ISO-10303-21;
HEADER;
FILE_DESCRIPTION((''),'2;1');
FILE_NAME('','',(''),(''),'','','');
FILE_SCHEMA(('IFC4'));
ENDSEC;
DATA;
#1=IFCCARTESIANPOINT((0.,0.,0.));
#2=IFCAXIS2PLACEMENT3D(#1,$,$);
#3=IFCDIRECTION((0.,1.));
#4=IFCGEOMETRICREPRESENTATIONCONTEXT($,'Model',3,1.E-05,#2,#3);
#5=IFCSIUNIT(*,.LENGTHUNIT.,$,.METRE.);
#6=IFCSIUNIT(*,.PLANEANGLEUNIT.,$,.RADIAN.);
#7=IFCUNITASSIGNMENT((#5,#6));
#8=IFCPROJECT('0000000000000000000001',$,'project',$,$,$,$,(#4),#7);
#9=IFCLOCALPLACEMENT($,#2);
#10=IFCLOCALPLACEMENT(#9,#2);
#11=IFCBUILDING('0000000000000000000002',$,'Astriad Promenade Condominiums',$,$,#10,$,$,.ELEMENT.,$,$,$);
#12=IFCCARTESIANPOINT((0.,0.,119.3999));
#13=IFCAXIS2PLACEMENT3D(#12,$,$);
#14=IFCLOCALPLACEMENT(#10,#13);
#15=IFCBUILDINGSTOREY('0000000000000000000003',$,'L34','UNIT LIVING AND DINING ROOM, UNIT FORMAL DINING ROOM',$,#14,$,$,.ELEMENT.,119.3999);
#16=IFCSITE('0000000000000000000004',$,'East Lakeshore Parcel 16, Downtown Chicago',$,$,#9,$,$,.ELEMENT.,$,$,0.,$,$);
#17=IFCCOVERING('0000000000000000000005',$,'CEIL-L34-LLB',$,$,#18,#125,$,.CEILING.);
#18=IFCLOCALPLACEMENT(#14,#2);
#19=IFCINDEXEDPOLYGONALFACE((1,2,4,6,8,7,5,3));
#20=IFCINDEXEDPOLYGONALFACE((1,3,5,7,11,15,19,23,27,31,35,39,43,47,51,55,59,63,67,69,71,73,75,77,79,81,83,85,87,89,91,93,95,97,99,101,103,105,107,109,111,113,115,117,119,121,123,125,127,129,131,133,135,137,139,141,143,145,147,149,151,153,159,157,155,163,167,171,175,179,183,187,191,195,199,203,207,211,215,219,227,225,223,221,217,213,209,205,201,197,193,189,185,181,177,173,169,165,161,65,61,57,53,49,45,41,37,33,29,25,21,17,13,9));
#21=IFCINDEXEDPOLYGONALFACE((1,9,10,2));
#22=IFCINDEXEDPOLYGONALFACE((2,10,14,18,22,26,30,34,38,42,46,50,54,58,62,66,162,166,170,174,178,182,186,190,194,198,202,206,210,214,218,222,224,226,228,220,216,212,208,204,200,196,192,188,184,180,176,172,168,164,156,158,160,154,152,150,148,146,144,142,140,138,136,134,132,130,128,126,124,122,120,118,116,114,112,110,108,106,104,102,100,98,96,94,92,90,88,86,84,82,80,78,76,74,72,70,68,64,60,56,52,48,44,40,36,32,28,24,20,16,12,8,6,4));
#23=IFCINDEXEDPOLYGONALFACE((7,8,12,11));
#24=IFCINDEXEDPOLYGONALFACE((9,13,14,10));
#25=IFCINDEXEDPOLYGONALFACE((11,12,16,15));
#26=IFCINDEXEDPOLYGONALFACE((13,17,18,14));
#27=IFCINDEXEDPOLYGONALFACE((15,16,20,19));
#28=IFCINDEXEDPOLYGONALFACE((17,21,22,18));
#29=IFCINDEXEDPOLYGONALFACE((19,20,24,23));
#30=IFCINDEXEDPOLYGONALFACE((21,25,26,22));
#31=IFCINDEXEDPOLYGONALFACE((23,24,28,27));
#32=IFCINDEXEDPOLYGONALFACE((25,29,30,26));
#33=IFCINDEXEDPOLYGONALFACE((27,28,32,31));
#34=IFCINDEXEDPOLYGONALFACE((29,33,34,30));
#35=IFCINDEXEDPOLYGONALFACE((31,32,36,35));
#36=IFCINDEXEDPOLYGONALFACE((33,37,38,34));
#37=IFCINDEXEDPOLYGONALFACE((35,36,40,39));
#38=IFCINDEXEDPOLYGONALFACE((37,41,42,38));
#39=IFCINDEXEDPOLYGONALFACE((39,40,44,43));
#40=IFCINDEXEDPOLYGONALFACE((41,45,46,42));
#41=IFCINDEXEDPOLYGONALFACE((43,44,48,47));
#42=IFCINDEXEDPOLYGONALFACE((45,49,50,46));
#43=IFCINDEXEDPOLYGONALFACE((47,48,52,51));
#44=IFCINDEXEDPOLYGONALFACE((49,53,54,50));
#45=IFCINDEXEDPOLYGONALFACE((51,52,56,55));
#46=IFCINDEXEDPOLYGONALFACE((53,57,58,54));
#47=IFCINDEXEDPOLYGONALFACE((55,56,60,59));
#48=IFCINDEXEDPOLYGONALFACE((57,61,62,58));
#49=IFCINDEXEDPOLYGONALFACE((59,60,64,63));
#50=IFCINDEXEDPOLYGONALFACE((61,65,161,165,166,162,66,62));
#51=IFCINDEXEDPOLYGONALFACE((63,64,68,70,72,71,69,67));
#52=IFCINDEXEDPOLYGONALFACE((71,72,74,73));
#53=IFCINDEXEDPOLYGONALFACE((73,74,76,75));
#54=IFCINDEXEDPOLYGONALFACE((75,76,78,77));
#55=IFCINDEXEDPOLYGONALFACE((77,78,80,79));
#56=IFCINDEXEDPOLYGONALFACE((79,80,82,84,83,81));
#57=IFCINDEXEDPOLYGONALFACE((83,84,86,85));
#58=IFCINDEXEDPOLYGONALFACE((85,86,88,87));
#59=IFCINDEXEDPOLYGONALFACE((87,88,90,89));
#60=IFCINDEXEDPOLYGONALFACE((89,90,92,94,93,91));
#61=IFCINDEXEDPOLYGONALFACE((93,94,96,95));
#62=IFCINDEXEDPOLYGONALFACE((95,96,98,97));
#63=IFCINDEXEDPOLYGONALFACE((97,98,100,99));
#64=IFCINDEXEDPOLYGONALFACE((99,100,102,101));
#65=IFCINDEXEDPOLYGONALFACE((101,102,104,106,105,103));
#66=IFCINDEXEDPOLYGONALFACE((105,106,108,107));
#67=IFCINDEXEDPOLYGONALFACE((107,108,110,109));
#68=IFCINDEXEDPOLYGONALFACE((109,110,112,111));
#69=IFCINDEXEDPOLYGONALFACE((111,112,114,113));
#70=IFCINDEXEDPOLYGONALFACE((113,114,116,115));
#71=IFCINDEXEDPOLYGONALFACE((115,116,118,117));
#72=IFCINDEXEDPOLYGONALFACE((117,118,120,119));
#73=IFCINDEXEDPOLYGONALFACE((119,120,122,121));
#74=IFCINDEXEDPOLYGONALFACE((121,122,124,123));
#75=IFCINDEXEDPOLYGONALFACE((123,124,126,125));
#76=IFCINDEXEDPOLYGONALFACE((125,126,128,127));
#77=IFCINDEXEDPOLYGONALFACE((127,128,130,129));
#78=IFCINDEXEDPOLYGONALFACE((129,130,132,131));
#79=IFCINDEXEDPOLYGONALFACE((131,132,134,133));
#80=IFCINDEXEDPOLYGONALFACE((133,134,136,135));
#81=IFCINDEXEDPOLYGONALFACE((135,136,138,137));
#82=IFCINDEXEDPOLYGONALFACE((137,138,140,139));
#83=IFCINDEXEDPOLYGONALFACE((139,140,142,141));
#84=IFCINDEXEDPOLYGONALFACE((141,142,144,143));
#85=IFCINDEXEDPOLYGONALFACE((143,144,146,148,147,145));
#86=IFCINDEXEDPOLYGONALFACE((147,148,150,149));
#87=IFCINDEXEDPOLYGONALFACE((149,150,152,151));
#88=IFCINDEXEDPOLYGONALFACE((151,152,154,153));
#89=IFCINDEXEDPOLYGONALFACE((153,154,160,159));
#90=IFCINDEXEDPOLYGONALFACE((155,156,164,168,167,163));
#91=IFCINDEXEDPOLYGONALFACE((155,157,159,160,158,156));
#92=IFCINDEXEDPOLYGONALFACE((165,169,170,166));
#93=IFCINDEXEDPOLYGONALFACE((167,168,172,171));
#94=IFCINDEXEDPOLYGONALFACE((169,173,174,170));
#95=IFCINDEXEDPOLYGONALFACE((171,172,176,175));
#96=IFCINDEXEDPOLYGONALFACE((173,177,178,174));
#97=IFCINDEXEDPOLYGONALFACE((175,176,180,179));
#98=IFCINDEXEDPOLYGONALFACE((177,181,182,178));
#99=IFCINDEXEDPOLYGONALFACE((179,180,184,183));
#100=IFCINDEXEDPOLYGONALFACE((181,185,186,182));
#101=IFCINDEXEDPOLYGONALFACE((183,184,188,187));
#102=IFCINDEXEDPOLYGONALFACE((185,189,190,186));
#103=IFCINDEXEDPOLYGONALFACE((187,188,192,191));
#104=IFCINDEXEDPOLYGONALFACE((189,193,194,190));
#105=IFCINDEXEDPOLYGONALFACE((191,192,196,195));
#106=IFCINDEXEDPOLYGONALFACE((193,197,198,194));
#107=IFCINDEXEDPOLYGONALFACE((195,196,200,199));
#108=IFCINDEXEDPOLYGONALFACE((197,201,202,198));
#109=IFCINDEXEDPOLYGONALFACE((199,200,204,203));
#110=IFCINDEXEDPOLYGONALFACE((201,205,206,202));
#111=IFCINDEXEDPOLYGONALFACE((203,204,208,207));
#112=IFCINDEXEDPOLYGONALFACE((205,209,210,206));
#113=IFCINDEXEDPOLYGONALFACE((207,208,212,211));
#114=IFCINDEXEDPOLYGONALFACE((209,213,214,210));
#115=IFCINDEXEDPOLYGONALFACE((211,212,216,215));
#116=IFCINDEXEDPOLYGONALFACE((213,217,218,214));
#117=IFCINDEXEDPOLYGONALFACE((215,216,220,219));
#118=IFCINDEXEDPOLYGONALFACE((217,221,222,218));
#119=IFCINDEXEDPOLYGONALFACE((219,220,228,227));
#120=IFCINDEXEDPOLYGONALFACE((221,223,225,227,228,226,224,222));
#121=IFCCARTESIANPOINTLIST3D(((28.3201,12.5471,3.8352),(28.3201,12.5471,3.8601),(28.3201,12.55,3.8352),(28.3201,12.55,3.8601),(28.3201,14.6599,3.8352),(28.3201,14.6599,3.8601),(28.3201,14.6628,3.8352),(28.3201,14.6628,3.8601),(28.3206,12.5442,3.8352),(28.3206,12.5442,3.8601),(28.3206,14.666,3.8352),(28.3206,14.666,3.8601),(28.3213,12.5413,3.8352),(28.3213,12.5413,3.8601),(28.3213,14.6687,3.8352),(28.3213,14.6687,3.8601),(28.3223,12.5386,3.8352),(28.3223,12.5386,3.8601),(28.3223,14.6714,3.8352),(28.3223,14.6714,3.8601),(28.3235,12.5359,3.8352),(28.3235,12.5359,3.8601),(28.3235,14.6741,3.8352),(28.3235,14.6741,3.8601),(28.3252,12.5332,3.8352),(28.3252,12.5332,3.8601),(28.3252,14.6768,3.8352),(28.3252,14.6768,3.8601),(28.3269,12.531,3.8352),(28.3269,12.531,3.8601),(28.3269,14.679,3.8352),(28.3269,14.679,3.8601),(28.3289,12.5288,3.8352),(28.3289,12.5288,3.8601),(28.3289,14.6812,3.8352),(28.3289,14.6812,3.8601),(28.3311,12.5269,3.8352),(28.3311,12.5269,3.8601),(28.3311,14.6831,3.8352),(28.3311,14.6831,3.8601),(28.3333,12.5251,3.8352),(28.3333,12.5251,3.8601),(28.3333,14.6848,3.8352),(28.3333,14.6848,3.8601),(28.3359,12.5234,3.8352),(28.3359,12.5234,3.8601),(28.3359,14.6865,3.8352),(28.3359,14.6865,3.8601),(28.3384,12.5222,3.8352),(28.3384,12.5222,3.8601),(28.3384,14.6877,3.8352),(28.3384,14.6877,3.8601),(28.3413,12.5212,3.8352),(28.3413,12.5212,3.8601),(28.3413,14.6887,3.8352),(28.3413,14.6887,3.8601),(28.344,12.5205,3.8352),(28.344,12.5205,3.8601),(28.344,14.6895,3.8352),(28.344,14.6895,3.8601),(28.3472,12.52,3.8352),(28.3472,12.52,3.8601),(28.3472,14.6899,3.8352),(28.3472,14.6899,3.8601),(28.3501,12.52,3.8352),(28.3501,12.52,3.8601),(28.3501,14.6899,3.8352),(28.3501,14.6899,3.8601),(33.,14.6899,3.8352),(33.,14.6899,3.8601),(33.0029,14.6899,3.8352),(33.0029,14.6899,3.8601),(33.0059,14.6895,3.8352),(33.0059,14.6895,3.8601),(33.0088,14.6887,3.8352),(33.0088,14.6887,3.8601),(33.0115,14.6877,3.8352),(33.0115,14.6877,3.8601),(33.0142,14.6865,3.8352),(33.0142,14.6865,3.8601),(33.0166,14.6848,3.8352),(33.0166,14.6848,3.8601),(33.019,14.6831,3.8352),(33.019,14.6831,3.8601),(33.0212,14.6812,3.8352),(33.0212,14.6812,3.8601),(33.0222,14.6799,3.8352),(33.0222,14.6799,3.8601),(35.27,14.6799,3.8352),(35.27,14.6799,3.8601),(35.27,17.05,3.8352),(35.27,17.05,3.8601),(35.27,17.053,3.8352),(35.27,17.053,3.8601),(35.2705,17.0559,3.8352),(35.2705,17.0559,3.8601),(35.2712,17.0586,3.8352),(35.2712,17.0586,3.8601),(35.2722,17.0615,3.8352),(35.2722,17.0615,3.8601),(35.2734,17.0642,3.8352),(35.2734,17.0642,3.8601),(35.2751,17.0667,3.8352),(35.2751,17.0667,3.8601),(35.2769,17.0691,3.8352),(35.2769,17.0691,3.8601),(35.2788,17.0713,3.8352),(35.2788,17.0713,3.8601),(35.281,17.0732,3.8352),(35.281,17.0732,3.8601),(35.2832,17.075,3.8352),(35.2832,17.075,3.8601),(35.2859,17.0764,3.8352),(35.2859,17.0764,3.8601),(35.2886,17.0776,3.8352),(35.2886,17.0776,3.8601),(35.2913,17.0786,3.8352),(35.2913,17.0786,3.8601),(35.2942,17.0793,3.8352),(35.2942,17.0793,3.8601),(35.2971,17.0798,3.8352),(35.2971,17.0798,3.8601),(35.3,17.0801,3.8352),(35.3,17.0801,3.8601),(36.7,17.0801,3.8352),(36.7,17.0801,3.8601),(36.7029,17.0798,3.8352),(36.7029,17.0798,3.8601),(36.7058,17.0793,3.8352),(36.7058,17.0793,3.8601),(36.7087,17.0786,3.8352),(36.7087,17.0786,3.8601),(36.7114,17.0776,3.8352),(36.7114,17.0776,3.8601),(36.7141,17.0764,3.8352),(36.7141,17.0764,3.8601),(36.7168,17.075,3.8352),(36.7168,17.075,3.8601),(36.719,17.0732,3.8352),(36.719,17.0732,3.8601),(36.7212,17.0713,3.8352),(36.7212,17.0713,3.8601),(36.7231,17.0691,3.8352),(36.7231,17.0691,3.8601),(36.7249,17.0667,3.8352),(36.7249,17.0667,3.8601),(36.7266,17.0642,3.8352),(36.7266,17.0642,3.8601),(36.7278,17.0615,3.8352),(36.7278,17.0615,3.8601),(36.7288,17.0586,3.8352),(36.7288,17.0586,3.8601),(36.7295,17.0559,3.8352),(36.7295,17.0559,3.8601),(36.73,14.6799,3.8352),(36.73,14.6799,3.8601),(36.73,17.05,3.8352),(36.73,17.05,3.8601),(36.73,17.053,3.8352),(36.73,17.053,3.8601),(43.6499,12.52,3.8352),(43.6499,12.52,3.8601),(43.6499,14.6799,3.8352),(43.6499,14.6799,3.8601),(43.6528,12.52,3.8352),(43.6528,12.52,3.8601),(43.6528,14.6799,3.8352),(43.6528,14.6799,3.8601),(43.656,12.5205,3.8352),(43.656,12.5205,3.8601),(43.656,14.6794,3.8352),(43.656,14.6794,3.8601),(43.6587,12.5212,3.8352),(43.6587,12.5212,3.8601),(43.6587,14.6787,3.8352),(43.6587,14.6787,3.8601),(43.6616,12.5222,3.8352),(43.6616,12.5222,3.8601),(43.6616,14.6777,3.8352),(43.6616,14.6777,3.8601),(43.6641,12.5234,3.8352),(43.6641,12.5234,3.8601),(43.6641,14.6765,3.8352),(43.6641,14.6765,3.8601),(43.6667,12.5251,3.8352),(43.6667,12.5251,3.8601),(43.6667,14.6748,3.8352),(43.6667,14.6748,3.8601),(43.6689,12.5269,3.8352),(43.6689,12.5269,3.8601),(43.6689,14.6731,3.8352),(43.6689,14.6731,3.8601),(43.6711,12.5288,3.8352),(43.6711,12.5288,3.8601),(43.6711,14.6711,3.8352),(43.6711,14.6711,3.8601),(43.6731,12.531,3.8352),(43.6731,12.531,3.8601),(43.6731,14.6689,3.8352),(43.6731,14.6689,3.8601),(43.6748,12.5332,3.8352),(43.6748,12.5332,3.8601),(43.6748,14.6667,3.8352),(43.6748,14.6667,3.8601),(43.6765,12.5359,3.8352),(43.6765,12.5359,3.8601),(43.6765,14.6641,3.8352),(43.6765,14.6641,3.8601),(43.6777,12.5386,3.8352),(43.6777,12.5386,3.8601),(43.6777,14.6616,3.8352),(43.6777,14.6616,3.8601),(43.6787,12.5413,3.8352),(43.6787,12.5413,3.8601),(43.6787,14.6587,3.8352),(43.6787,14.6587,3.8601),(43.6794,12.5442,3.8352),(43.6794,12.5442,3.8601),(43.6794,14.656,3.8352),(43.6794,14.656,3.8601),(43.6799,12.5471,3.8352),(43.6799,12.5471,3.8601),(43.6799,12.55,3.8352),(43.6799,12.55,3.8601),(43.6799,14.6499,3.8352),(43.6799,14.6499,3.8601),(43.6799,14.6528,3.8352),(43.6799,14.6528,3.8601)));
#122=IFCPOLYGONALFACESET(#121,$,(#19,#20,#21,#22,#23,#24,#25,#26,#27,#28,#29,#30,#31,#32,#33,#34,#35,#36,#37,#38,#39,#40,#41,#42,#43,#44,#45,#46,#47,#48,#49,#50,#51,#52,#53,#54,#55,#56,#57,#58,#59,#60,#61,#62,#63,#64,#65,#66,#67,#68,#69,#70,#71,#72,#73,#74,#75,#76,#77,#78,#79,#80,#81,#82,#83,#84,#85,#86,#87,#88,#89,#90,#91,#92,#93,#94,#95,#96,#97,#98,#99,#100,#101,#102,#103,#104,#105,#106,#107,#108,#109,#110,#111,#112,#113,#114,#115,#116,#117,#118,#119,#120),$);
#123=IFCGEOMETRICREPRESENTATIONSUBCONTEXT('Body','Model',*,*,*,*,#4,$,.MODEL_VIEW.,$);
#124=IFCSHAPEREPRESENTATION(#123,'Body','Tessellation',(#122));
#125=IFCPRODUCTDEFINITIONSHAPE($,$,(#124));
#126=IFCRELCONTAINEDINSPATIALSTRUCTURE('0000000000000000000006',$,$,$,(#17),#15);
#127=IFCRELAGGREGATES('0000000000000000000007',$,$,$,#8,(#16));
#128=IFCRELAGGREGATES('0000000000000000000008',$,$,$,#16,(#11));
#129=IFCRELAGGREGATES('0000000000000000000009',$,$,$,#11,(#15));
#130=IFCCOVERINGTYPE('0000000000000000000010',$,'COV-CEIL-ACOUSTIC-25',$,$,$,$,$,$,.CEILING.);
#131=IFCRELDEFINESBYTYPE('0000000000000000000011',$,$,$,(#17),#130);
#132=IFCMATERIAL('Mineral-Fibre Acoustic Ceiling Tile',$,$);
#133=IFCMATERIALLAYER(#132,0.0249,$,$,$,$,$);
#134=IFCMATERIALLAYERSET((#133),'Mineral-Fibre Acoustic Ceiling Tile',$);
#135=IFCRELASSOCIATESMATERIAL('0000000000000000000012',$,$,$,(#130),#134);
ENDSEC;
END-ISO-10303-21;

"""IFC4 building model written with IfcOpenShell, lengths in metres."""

from ifc_helpers import new_model, si_unit, direction, frame, origin, place, context, subcontext, project, spatial, polyline, outline, extrude, material, layer, layer_set, type_object, element, save


model = new_model("IFC4")

# Units and contexts
model_context = context("Model", 3, precision=1e-05, world=origin(), true_north=direction((0.0, 1.0)))
body_context = subcontext(model_context, "Body", "Model", "MODEL_VIEW")
ifc_project = project(units=[si_unit("LENGTHUNIT", "METRE"), si_unit("PLANEANGLEUNIT", "RADIAN")], contexts=[model_context])

# Site, building, storey
site_placement = place(None, origin())
site = spatial("IfcSite", under=ifc_project, at=site_placement, Name="East Lakeshore Parcel 16, Downtown Chicago", CompositionType="ELEMENT", RefElevation=0.0)
building_placement = place(site_placement, origin())
building = spatial("IfcBuilding", under=site, at=building_placement, Name="Astriad Promenade Condominiums", CompositionType="ELEMENT")
storey_placement = place(building_placement, frame((0.0, 0.0, 119.3999)))
storey = spatial("IfcBuildingStorey", under=building, at=storey_placement, Name="L34", Description="UNIT LIVING AND DINING ROOM, UNIT FORMAL DINING ROOM", CompositionType="ELEMENT", Elevation=119.3999)

# Covering
ifc_material_1 = material(Name="Mineral-Fibre Acoustic Ceiling Tile")
ifc_layer_1 = layer(ifc_material_1, 0.0249)
ifc_layer_set_1 = layer_set([ifc_layer_1], Name="Mineral-Fibre Acoustic Ceiling Tile")
covering_type_1 = type_object("IfcCoveringType", Name="COV-CEIL-ACOUSTIC-25", PredefinedType="CEILING", material=ifc_layer_set_1)
covering_1_placement = place(storey_placement, frame((0.0, 0.0, 3.8352)))
element("IfcCovering", 1, at=covering_1_placement, inside=storey, type_object=covering_type_1, Name="CEIL-L34-LLB", PredefinedType="CEILING", context=body_context, shape_type="SweptSolid", body=[
    extrude(outline(polyline([(35.27, 14.6799), (35.27, 17.05), (35.27, 17.053), (35.2705, 17.0559), (35.2712, 17.0586), (35.2722, 17.0615), (35.2734, 17.0642), (35.2751, 17.0667), (35.2769, 17.0691), (35.2788, 17.0713), (35.281, 17.0732), (35.2832, 17.075), (35.2859, 17.0764), (35.2886, 17.0776), (35.2913, 17.0786), (35.2942, 17.0793), (35.2971, 17.0798), (35.3, 17.0801), (36.7, 17.0801), (36.7029, 17.0798), (36.7058, 17.0793), (36.7087, 17.0786), (36.7114, 17.0776), (36.7141, 17.0764), (36.7168, 17.075), (36.719, 17.0732), (36.7212, 17.0713), (36.7231, 17.0691), (36.7249, 17.0667), (36.7266, 17.0642), (36.7278, 17.0615), (36.7288, 17.0586), (36.7295, 17.0559), (36.73, 17.053), (36.73, 17.05), (36.73, 14.6799), (43.6499, 14.6799), (43.6528, 14.6799), (43.656, 14.6794), (43.6587, 14.6787), (43.6616, 14.6777), (43.6641, 14.6765), (43.6667, 14.6748), (43.6689, 14.6731), (43.6711, 14.6711), (43.6731, 14.6689), (43.6748, 14.6667), (43.6765, 14.6641), (43.6777, 14.6616), (43.6787, 14.6587), (43.6794, 14.656), (43.6799, 14.6528), (43.6799, 14.6499), (43.6799, 12.55), (43.6799, 12.5471), (43.6794, 12.5442), (43.6787, 12.5413), (43.6777, 12.5386), (43.6765, 12.5359), (43.6748, 12.5332), (43.6731, 12.531), (43.6711, 12.5288), (43.6689, 12.5269), (43.6667, 12.5251), (43.6641, 12.5234), (43.6616, 12.5222), (43.6587, 12.5212), (43.656, 12.5205), (43.6528, 12.52), (43.6499, 12.52), (28.3501, 12.52), (28.3472, 12.52), (28.344, 12.5205), (28.3413, 12.5212), (28.3384, 12.5222), (28.3359, 12.5234), (28.3333, 12.5251), (28.3311, 12.5269), (28.3289, 12.5288), (28.3269, 12.531), (28.3252, 12.5332), (28.3235, 12.5359), (28.3223, 12.5386), (28.3213, 12.5413), (28.3206, 12.5442), (28.3201, 12.5471), (28.3201, 12.55), (28.3201, 14.6599), (28.3201, 14.6628), (28.3206, 14.666), (28.3213, 14.6687), (28.3223, 14.6714), (28.3235, 14.6741), (28.3252, 14.6768), (28.3269, 14.679), (28.3289, 14.6812), (28.3311, 14.6831), (28.3333, 14.6848), (28.3359, 14.6865), (28.3384, 14.6877), (28.3413, 14.6887), (28.344, 14.6895), (28.3472, 14.6899), (28.3501, 14.6899), (33.0, 14.6899), (33.0029, 14.6899), (33.0059, 14.6895), (33.0088, 14.6887), (33.0115, 14.6877), (33.0142, 14.6865), (33.0166, 14.6848), (33.019, 14.6831), (33.0212, 14.6812), (33.0222, 14.6799), (35.27, 14.6799)])), origin(), (0.0, 0.0, 1.0), 0.0249),
])

save(model, "model.ifc")
